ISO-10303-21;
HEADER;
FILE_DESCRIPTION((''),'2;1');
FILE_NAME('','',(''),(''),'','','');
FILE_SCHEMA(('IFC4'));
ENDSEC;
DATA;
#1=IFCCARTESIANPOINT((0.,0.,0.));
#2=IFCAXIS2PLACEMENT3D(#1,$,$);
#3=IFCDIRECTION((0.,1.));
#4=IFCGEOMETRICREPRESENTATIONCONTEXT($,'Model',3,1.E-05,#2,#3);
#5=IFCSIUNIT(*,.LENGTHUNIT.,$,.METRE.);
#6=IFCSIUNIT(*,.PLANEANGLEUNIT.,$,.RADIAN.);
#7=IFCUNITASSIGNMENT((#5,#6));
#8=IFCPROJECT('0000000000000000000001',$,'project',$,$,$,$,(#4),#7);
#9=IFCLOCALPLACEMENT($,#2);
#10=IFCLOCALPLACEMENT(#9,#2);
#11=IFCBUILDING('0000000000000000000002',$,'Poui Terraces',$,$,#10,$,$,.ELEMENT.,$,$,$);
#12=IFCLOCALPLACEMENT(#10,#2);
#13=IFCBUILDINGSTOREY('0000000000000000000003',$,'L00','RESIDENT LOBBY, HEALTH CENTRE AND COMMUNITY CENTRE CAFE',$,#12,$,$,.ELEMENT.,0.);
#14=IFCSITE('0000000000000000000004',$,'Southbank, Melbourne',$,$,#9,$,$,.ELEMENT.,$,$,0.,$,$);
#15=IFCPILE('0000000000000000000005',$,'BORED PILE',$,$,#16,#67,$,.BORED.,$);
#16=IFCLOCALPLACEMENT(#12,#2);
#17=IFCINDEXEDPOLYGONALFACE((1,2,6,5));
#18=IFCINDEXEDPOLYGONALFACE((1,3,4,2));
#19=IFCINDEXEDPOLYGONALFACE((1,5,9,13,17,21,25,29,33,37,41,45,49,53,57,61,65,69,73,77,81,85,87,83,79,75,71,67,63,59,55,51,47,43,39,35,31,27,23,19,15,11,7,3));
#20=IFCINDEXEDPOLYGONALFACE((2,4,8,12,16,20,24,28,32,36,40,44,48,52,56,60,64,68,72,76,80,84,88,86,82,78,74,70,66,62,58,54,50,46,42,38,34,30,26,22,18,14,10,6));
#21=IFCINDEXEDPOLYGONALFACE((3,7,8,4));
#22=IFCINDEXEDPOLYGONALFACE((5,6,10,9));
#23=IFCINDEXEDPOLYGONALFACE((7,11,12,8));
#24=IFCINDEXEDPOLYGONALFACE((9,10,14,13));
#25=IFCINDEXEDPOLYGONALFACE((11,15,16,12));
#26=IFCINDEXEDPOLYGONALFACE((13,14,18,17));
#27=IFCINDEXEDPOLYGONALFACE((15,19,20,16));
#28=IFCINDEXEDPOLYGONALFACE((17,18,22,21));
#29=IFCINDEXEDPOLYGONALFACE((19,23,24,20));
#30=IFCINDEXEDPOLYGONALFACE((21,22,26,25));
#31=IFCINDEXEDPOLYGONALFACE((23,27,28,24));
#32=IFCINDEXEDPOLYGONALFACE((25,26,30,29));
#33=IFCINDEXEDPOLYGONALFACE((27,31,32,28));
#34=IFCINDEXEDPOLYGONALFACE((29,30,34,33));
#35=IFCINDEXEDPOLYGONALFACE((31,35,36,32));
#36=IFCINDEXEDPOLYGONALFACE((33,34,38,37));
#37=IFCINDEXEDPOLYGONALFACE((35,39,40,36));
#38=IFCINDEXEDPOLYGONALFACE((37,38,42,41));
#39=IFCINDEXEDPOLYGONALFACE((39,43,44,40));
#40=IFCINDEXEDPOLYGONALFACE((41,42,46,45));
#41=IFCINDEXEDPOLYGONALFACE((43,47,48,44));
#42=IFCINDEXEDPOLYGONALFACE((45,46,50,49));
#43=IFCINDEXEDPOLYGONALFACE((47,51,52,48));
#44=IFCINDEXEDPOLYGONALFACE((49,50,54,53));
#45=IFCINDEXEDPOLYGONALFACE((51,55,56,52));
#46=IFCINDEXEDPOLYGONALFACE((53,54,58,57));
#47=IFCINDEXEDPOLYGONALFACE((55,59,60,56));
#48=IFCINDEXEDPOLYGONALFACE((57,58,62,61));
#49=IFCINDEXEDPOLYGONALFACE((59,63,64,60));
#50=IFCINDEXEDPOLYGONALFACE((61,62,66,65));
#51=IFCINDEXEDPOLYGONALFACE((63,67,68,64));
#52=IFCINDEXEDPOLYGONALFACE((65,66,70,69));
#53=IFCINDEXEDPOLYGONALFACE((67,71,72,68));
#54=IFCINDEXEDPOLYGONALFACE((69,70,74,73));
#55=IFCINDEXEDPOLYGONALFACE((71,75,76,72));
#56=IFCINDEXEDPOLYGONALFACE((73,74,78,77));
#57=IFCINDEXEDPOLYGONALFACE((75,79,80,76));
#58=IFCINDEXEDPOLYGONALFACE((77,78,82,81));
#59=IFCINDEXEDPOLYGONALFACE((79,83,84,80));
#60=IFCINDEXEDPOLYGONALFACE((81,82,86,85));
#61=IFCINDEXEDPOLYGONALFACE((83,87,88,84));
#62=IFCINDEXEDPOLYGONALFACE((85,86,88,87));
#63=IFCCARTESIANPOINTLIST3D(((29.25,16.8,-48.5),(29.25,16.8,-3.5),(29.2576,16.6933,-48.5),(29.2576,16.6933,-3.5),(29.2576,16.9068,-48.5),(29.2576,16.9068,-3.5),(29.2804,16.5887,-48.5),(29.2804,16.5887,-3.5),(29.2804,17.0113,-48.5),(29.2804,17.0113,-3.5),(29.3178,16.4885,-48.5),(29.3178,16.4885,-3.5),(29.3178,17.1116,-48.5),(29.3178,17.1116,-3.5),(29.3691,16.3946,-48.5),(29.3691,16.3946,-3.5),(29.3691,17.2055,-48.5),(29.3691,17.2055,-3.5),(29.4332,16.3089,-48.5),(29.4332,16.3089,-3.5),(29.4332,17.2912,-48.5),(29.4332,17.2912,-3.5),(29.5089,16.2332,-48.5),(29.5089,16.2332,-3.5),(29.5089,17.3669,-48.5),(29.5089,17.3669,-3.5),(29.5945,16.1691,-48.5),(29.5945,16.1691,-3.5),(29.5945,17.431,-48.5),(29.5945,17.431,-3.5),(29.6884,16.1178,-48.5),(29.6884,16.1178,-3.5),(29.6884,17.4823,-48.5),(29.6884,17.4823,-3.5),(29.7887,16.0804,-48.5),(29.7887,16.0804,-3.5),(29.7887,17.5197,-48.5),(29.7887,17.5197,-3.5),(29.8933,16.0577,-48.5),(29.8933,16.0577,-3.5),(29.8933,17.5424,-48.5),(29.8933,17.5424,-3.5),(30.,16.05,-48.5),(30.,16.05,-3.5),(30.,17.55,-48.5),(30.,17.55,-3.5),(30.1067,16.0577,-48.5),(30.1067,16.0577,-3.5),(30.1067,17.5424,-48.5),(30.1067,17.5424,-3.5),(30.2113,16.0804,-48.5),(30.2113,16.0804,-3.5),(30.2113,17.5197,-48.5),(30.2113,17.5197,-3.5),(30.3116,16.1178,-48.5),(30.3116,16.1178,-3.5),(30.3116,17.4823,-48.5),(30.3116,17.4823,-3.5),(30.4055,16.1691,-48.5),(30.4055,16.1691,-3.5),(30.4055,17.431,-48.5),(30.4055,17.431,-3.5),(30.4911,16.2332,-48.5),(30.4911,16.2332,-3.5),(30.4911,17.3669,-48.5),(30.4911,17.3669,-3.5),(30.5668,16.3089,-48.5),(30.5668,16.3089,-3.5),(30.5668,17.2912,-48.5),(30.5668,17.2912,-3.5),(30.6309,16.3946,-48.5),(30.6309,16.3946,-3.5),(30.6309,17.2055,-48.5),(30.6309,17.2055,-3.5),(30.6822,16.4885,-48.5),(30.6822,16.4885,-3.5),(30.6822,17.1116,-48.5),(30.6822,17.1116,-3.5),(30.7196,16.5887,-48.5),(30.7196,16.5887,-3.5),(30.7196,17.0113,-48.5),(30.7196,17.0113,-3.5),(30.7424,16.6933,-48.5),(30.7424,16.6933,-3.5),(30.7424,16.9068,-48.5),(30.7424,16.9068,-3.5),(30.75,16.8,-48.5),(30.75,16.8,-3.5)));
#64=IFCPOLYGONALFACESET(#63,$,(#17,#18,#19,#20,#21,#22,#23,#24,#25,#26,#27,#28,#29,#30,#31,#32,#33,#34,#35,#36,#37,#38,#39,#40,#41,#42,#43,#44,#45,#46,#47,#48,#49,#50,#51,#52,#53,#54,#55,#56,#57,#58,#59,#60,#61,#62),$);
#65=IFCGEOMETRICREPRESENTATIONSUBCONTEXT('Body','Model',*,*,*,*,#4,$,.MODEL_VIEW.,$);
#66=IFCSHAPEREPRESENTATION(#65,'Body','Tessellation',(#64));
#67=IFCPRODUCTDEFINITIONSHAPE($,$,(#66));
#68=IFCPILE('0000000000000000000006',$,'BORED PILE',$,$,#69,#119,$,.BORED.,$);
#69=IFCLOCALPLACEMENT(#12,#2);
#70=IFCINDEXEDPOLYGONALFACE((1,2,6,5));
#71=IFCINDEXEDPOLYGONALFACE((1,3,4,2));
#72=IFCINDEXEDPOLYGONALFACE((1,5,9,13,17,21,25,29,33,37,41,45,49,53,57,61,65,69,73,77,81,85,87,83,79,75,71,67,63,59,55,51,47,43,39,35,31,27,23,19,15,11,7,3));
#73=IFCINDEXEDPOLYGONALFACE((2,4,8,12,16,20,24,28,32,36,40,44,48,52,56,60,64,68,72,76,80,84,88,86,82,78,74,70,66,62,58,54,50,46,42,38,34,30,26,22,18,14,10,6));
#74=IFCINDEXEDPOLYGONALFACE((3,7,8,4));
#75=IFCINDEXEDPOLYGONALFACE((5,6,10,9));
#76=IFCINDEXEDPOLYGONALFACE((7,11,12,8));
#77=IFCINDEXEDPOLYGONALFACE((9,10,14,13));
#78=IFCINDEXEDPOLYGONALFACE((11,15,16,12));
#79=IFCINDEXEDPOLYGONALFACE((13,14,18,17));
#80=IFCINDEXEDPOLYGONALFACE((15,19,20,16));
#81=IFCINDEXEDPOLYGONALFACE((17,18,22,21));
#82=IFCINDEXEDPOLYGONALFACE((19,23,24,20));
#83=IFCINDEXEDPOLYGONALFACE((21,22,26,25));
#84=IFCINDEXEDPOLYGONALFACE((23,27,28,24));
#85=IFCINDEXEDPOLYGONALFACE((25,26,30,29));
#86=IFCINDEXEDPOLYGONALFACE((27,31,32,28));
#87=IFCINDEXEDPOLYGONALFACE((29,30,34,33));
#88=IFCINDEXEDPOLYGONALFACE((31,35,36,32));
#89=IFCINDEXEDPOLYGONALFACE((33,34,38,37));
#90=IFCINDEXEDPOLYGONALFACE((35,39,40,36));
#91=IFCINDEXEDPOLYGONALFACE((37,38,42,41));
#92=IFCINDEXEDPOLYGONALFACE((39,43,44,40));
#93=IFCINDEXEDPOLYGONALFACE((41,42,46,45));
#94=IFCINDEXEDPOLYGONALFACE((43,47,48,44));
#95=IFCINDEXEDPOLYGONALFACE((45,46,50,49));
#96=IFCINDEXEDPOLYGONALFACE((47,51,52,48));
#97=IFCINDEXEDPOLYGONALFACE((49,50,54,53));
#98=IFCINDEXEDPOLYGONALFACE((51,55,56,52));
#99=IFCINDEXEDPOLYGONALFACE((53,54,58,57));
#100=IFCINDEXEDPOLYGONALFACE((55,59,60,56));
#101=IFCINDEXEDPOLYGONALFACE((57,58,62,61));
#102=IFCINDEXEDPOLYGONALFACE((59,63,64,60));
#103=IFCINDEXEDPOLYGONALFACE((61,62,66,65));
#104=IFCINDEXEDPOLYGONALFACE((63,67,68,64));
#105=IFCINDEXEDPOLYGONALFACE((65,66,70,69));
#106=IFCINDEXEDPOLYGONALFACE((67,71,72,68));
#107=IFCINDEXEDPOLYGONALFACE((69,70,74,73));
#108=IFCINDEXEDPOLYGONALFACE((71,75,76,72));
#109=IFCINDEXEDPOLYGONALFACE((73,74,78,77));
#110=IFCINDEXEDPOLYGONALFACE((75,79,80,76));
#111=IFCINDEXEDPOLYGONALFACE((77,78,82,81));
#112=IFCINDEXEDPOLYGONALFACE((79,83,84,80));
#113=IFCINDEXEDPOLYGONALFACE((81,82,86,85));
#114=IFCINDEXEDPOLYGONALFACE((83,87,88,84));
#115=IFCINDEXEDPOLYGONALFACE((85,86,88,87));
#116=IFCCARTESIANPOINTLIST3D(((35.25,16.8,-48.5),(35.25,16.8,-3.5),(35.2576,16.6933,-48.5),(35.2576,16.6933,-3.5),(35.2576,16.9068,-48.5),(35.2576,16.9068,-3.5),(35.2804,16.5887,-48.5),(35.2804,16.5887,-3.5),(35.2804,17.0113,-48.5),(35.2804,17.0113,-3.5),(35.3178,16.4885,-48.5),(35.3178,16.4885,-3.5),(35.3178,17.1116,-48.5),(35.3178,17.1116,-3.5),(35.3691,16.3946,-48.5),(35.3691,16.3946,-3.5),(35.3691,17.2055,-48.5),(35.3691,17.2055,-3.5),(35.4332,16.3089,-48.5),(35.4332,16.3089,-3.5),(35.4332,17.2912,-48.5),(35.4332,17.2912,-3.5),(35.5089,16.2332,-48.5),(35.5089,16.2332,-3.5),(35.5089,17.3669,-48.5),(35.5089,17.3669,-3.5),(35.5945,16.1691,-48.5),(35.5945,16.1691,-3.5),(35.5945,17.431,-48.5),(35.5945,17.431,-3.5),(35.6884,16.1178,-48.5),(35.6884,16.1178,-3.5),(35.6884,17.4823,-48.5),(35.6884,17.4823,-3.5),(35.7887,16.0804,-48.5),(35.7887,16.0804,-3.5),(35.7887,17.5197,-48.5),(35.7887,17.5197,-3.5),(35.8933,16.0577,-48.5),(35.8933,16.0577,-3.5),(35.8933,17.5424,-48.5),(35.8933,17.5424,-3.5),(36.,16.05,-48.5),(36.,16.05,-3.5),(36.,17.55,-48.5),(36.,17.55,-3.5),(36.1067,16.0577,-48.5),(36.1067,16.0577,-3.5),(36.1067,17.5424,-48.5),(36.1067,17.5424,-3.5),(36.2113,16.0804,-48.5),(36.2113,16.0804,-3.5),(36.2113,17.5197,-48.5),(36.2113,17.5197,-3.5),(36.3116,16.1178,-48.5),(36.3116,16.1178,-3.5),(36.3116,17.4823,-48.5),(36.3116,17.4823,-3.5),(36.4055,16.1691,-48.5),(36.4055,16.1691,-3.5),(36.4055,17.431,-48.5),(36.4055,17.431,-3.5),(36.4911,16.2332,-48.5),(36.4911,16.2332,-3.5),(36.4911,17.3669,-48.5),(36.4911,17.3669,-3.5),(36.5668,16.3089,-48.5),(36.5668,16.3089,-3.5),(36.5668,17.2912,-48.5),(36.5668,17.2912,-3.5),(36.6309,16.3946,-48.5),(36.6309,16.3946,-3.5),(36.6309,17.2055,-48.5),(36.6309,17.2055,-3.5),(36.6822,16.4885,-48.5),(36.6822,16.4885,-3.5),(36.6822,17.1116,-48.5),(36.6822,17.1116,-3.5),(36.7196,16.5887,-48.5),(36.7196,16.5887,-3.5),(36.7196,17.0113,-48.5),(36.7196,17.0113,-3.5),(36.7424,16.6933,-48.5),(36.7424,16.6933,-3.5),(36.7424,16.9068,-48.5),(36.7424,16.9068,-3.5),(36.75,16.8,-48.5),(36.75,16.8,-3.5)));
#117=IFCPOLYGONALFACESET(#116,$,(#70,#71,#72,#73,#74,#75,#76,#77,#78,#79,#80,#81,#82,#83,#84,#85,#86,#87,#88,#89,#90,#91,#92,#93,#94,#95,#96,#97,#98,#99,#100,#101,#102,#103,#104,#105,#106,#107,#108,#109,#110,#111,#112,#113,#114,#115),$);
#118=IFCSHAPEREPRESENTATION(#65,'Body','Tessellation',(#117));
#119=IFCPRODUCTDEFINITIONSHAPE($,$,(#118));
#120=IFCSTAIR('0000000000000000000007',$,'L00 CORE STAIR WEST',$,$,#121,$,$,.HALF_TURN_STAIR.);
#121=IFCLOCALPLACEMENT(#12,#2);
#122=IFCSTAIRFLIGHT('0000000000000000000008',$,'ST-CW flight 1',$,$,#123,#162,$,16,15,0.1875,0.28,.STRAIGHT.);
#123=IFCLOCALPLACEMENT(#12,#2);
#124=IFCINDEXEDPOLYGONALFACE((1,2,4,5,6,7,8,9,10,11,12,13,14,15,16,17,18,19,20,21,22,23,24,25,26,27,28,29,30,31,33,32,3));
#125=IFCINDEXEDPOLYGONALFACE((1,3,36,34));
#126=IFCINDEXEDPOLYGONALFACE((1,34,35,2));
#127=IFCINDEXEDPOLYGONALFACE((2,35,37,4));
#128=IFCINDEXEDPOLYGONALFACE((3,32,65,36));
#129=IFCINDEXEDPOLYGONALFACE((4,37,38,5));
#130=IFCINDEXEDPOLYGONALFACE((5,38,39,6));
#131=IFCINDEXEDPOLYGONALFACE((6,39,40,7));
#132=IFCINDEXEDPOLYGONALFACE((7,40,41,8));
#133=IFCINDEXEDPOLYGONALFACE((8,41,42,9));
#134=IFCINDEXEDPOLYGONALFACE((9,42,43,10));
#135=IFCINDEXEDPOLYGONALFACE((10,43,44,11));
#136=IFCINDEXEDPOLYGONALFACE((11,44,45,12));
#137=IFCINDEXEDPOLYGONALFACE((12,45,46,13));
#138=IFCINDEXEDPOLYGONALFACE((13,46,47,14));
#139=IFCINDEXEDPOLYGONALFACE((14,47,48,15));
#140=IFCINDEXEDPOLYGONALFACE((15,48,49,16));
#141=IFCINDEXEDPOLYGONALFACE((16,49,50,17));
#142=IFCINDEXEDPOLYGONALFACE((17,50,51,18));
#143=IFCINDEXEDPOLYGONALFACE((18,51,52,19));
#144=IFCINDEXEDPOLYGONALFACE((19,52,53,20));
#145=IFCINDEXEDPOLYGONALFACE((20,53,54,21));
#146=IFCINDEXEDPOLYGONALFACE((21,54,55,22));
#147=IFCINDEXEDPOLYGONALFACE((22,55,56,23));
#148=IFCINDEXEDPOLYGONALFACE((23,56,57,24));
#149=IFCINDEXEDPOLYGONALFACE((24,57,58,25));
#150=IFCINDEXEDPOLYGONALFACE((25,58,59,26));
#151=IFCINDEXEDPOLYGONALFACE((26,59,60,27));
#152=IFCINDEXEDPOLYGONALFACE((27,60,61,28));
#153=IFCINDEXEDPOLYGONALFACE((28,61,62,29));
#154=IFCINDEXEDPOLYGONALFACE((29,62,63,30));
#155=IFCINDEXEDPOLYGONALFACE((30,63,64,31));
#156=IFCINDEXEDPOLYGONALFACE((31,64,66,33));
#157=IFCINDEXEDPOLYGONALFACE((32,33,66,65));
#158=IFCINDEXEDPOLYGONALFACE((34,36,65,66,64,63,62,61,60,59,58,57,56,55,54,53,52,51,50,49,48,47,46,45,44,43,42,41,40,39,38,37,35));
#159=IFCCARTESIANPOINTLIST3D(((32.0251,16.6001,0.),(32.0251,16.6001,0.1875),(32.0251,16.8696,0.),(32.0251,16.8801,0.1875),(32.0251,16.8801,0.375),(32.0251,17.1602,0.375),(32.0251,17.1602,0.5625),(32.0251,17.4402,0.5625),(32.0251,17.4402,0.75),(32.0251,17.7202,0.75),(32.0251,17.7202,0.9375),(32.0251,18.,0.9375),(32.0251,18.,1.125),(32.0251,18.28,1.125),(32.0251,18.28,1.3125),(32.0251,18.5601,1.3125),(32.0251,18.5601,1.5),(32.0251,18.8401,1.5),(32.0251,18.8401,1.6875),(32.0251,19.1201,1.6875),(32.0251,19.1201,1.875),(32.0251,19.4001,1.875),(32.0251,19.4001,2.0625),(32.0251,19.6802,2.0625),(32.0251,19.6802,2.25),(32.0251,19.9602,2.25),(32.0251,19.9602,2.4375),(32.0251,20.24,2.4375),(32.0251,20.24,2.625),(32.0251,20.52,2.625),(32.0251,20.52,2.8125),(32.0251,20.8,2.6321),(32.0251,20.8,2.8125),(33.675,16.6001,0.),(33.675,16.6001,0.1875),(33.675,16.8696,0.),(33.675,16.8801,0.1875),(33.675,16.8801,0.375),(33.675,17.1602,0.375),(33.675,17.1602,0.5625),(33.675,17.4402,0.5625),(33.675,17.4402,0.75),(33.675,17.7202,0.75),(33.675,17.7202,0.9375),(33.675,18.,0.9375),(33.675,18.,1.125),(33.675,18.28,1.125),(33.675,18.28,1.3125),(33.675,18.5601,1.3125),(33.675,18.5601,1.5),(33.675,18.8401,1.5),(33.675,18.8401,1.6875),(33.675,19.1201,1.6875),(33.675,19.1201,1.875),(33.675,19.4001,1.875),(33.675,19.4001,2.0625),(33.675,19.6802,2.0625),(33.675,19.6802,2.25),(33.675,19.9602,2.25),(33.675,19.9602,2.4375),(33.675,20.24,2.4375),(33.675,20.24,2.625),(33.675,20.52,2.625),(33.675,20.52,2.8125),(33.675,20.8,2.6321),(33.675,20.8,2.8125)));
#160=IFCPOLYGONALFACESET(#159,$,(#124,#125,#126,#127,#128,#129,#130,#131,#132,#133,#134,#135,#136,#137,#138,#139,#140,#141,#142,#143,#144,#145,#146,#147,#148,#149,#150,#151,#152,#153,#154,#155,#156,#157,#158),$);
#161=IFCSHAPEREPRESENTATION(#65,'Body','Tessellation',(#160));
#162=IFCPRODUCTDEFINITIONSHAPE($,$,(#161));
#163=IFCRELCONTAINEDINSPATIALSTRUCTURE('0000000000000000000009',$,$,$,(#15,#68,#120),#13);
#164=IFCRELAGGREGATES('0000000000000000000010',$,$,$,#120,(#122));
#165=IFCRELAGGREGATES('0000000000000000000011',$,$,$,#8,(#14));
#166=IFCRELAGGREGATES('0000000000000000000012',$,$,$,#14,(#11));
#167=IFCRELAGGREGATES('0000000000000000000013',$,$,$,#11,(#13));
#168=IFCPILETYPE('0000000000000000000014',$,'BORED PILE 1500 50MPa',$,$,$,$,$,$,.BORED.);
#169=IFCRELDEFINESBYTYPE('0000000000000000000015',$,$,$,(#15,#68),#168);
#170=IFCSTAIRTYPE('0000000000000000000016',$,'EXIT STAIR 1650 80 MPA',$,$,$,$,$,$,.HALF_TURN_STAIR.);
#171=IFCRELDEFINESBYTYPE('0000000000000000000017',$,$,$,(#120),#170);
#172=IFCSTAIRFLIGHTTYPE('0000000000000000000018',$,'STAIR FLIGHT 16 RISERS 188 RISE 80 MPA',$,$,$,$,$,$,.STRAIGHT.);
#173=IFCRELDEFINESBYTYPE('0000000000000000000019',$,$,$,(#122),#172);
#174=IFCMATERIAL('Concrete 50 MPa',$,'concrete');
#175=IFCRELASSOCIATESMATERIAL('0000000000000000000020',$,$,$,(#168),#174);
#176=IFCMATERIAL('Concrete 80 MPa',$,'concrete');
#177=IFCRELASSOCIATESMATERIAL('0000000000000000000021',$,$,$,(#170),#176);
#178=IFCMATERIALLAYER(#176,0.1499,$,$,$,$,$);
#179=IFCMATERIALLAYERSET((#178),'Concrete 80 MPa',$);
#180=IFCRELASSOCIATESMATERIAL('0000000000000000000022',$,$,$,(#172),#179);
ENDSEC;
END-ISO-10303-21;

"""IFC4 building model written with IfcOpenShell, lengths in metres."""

from ifc_helpers import new_model, si_unit, direction, frame, origin, origin_2d, place, context, subcontext, project, spatial, polyline, circle, outline, extrude, material, layer, layer_set, material_profile, profile_set, type_object, element, aggregate, save


model = new_model("IFC4")

# Units and contexts
model_context = context("Model", 3, precision=1e-05, world=origin(), true_north=direction((0.0, 1.0)))
body_context = subcontext(model_context, "Body", "Model", "MODEL_VIEW")
ifc_project = project(units=[si_unit("LENGTHUNIT", "METRE"), si_unit("PLANEANGLEUNIT", "RADIAN")], contexts=[model_context])

# Site, building, storey
site_placement = place(None, origin())
site = spatial("IfcSite", under=ifc_project, at=site_placement, Name="Southbank, Melbourne", CompositionType="ELEMENT", RefElevation=0.0)
building_placement = place(site_placement, origin())
building = spatial("IfcBuilding", under=site, at=building_placement, Name="Poui Terraces", CompositionType="ELEMENT")
storey_placement = place(building_placement, origin())
storey = spatial("IfcBuildingStorey", under=building, at=storey_placement, Name="L00", Description="RESIDENT LOBBY, HEALTH CENTRE AND COMMUNITY CENTRE CAFE", CompositionType="ELEMENT", Elevation=0.0)

# Piles
ifc_material_1 = material(Name="Concrete 50 MPa", Category="concrete")
ifc_material_profile = material_profile(ifc_material_1, circle(Radius=0.75, at=origin_2d()), Name="RC D1500")
ifc_profile_set = profile_set([ifc_material_profile], Name="Concrete 50 MPa")
pile_type = type_object("IfcPileType", Name="BORED PILE 1500 50MPa", PredefinedType="BORED", material=ifc_profile_set)
for number, where, z_axis, x_axis, name in (
    (1, (30.0, 16.8, -3.5), (0.0, 0.0, -1.0), (1.0, 0.0, 0.0), "BORED PILE"),
    (2, (36.0, 16.8, -3.5), (0.0, 0.0, -1.0), (1.0, 0.0, 0.0), "BORED PILE"),
):
    element("IfcPile", number, at=place(storey_placement, frame(where, z_axis=z_axis, x_axis=x_axis)), inside=storey, type_object=pile_type, Name=name, PredefinedType="BORED", context=body_context, shape_type="SweptSolid", body=[
        extrude(circle(Radius=0.75, at=origin_2d()), origin(), (0.0, 0.0, 1.0), 45.0),
    ])

# Shared definitions
ifc_material_2 = material(Name="Concrete 80 MPa", Category="concrete")

# Stair, stair flight
stair_type = type_object("IfcStairType", Name="EXIT STAIR 1650 80 MPA", PredefinedType="HALF_TURN_STAIR", material=ifc_material_2)
stair_placement = place(storey_placement, origin())
stair = element("IfcStair", 3, at=stair_placement, inside=storey, type_object=stair_type, Name="L00 CORE STAIR WEST", PredefinedType="HALF_TURN_STAIR")
ifc_layer_1 = layer(ifc_material_2, 0.1499)
ifc_layer_set_1 = layer_set([ifc_layer_1], Name="Concrete 80 MPa")
stair_flight_type = type_object("IfcStairFlightType", Name="STAIR FLIGHT 16 RISERS 188 RISE 80 MPA", PredefinedType="STRAIGHT", material=ifc_layer_set_1)
stair_flight_1_placement = place(storey_placement, frame((32.8501, 16.6001, 0.0), z_axis=(0.0, 0.0, 1.0), x_axis=(0.0, 1.0, 0.0)))
stair_flight_1 = element("IfcStairFlight", 4, at=stair_flight_1_placement, type_object=stair_flight_type, Name="ST-CW flight 1", NumberOfRisers=16, NumberOfTreads=15, PredefinedType="STRAIGHT", RiserHeight=0.1875, TreadLength=0.28, context=body_context, shape_type="SweptSolid", body=[
    extrude(outline(polyline([(0.0, 0.0), (0.0, 0.1875), (0.28, 0.1875), (0.28, 0.375), (0.5601, 0.375), (0.5601, 0.5625), (0.8401, 0.5625), (0.8401, 0.75), (1.1201, 0.75), (1.1201, 0.9375), (1.3999, 0.9375), (1.3999, 1.125), (1.6799, 1.125), (1.6799, 1.3125), (1.96, 1.3125), (1.96, 1.5), (2.24, 1.5), (2.24, 1.6875), (2.52, 1.6875), (2.52, 1.875), (2.8, 1.875), (2.8, 2.0625), (3.0801, 2.0625), (3.0801, 2.25), (3.3601, 2.25), (3.3601, 2.4375), (3.6399, 2.4375), (3.6399, 2.625), (3.9199, 2.625), (3.9199, 2.8125), (4.2, 2.8125), (4.2, 3.0), (4.2, 2.6321), (0.2695, 0.0), (0.0, 0.0)])), frame((0.0, 0.825, 0.0), z_axis=(0.0, -1.0, 0.0), x_axis=(1.0, 0.0, 0.0)), (0.0, 0.0, 1.0), 1.6499),
])
aggregate(stair, [stair_flight_1])

save(model, "model.ifc")
